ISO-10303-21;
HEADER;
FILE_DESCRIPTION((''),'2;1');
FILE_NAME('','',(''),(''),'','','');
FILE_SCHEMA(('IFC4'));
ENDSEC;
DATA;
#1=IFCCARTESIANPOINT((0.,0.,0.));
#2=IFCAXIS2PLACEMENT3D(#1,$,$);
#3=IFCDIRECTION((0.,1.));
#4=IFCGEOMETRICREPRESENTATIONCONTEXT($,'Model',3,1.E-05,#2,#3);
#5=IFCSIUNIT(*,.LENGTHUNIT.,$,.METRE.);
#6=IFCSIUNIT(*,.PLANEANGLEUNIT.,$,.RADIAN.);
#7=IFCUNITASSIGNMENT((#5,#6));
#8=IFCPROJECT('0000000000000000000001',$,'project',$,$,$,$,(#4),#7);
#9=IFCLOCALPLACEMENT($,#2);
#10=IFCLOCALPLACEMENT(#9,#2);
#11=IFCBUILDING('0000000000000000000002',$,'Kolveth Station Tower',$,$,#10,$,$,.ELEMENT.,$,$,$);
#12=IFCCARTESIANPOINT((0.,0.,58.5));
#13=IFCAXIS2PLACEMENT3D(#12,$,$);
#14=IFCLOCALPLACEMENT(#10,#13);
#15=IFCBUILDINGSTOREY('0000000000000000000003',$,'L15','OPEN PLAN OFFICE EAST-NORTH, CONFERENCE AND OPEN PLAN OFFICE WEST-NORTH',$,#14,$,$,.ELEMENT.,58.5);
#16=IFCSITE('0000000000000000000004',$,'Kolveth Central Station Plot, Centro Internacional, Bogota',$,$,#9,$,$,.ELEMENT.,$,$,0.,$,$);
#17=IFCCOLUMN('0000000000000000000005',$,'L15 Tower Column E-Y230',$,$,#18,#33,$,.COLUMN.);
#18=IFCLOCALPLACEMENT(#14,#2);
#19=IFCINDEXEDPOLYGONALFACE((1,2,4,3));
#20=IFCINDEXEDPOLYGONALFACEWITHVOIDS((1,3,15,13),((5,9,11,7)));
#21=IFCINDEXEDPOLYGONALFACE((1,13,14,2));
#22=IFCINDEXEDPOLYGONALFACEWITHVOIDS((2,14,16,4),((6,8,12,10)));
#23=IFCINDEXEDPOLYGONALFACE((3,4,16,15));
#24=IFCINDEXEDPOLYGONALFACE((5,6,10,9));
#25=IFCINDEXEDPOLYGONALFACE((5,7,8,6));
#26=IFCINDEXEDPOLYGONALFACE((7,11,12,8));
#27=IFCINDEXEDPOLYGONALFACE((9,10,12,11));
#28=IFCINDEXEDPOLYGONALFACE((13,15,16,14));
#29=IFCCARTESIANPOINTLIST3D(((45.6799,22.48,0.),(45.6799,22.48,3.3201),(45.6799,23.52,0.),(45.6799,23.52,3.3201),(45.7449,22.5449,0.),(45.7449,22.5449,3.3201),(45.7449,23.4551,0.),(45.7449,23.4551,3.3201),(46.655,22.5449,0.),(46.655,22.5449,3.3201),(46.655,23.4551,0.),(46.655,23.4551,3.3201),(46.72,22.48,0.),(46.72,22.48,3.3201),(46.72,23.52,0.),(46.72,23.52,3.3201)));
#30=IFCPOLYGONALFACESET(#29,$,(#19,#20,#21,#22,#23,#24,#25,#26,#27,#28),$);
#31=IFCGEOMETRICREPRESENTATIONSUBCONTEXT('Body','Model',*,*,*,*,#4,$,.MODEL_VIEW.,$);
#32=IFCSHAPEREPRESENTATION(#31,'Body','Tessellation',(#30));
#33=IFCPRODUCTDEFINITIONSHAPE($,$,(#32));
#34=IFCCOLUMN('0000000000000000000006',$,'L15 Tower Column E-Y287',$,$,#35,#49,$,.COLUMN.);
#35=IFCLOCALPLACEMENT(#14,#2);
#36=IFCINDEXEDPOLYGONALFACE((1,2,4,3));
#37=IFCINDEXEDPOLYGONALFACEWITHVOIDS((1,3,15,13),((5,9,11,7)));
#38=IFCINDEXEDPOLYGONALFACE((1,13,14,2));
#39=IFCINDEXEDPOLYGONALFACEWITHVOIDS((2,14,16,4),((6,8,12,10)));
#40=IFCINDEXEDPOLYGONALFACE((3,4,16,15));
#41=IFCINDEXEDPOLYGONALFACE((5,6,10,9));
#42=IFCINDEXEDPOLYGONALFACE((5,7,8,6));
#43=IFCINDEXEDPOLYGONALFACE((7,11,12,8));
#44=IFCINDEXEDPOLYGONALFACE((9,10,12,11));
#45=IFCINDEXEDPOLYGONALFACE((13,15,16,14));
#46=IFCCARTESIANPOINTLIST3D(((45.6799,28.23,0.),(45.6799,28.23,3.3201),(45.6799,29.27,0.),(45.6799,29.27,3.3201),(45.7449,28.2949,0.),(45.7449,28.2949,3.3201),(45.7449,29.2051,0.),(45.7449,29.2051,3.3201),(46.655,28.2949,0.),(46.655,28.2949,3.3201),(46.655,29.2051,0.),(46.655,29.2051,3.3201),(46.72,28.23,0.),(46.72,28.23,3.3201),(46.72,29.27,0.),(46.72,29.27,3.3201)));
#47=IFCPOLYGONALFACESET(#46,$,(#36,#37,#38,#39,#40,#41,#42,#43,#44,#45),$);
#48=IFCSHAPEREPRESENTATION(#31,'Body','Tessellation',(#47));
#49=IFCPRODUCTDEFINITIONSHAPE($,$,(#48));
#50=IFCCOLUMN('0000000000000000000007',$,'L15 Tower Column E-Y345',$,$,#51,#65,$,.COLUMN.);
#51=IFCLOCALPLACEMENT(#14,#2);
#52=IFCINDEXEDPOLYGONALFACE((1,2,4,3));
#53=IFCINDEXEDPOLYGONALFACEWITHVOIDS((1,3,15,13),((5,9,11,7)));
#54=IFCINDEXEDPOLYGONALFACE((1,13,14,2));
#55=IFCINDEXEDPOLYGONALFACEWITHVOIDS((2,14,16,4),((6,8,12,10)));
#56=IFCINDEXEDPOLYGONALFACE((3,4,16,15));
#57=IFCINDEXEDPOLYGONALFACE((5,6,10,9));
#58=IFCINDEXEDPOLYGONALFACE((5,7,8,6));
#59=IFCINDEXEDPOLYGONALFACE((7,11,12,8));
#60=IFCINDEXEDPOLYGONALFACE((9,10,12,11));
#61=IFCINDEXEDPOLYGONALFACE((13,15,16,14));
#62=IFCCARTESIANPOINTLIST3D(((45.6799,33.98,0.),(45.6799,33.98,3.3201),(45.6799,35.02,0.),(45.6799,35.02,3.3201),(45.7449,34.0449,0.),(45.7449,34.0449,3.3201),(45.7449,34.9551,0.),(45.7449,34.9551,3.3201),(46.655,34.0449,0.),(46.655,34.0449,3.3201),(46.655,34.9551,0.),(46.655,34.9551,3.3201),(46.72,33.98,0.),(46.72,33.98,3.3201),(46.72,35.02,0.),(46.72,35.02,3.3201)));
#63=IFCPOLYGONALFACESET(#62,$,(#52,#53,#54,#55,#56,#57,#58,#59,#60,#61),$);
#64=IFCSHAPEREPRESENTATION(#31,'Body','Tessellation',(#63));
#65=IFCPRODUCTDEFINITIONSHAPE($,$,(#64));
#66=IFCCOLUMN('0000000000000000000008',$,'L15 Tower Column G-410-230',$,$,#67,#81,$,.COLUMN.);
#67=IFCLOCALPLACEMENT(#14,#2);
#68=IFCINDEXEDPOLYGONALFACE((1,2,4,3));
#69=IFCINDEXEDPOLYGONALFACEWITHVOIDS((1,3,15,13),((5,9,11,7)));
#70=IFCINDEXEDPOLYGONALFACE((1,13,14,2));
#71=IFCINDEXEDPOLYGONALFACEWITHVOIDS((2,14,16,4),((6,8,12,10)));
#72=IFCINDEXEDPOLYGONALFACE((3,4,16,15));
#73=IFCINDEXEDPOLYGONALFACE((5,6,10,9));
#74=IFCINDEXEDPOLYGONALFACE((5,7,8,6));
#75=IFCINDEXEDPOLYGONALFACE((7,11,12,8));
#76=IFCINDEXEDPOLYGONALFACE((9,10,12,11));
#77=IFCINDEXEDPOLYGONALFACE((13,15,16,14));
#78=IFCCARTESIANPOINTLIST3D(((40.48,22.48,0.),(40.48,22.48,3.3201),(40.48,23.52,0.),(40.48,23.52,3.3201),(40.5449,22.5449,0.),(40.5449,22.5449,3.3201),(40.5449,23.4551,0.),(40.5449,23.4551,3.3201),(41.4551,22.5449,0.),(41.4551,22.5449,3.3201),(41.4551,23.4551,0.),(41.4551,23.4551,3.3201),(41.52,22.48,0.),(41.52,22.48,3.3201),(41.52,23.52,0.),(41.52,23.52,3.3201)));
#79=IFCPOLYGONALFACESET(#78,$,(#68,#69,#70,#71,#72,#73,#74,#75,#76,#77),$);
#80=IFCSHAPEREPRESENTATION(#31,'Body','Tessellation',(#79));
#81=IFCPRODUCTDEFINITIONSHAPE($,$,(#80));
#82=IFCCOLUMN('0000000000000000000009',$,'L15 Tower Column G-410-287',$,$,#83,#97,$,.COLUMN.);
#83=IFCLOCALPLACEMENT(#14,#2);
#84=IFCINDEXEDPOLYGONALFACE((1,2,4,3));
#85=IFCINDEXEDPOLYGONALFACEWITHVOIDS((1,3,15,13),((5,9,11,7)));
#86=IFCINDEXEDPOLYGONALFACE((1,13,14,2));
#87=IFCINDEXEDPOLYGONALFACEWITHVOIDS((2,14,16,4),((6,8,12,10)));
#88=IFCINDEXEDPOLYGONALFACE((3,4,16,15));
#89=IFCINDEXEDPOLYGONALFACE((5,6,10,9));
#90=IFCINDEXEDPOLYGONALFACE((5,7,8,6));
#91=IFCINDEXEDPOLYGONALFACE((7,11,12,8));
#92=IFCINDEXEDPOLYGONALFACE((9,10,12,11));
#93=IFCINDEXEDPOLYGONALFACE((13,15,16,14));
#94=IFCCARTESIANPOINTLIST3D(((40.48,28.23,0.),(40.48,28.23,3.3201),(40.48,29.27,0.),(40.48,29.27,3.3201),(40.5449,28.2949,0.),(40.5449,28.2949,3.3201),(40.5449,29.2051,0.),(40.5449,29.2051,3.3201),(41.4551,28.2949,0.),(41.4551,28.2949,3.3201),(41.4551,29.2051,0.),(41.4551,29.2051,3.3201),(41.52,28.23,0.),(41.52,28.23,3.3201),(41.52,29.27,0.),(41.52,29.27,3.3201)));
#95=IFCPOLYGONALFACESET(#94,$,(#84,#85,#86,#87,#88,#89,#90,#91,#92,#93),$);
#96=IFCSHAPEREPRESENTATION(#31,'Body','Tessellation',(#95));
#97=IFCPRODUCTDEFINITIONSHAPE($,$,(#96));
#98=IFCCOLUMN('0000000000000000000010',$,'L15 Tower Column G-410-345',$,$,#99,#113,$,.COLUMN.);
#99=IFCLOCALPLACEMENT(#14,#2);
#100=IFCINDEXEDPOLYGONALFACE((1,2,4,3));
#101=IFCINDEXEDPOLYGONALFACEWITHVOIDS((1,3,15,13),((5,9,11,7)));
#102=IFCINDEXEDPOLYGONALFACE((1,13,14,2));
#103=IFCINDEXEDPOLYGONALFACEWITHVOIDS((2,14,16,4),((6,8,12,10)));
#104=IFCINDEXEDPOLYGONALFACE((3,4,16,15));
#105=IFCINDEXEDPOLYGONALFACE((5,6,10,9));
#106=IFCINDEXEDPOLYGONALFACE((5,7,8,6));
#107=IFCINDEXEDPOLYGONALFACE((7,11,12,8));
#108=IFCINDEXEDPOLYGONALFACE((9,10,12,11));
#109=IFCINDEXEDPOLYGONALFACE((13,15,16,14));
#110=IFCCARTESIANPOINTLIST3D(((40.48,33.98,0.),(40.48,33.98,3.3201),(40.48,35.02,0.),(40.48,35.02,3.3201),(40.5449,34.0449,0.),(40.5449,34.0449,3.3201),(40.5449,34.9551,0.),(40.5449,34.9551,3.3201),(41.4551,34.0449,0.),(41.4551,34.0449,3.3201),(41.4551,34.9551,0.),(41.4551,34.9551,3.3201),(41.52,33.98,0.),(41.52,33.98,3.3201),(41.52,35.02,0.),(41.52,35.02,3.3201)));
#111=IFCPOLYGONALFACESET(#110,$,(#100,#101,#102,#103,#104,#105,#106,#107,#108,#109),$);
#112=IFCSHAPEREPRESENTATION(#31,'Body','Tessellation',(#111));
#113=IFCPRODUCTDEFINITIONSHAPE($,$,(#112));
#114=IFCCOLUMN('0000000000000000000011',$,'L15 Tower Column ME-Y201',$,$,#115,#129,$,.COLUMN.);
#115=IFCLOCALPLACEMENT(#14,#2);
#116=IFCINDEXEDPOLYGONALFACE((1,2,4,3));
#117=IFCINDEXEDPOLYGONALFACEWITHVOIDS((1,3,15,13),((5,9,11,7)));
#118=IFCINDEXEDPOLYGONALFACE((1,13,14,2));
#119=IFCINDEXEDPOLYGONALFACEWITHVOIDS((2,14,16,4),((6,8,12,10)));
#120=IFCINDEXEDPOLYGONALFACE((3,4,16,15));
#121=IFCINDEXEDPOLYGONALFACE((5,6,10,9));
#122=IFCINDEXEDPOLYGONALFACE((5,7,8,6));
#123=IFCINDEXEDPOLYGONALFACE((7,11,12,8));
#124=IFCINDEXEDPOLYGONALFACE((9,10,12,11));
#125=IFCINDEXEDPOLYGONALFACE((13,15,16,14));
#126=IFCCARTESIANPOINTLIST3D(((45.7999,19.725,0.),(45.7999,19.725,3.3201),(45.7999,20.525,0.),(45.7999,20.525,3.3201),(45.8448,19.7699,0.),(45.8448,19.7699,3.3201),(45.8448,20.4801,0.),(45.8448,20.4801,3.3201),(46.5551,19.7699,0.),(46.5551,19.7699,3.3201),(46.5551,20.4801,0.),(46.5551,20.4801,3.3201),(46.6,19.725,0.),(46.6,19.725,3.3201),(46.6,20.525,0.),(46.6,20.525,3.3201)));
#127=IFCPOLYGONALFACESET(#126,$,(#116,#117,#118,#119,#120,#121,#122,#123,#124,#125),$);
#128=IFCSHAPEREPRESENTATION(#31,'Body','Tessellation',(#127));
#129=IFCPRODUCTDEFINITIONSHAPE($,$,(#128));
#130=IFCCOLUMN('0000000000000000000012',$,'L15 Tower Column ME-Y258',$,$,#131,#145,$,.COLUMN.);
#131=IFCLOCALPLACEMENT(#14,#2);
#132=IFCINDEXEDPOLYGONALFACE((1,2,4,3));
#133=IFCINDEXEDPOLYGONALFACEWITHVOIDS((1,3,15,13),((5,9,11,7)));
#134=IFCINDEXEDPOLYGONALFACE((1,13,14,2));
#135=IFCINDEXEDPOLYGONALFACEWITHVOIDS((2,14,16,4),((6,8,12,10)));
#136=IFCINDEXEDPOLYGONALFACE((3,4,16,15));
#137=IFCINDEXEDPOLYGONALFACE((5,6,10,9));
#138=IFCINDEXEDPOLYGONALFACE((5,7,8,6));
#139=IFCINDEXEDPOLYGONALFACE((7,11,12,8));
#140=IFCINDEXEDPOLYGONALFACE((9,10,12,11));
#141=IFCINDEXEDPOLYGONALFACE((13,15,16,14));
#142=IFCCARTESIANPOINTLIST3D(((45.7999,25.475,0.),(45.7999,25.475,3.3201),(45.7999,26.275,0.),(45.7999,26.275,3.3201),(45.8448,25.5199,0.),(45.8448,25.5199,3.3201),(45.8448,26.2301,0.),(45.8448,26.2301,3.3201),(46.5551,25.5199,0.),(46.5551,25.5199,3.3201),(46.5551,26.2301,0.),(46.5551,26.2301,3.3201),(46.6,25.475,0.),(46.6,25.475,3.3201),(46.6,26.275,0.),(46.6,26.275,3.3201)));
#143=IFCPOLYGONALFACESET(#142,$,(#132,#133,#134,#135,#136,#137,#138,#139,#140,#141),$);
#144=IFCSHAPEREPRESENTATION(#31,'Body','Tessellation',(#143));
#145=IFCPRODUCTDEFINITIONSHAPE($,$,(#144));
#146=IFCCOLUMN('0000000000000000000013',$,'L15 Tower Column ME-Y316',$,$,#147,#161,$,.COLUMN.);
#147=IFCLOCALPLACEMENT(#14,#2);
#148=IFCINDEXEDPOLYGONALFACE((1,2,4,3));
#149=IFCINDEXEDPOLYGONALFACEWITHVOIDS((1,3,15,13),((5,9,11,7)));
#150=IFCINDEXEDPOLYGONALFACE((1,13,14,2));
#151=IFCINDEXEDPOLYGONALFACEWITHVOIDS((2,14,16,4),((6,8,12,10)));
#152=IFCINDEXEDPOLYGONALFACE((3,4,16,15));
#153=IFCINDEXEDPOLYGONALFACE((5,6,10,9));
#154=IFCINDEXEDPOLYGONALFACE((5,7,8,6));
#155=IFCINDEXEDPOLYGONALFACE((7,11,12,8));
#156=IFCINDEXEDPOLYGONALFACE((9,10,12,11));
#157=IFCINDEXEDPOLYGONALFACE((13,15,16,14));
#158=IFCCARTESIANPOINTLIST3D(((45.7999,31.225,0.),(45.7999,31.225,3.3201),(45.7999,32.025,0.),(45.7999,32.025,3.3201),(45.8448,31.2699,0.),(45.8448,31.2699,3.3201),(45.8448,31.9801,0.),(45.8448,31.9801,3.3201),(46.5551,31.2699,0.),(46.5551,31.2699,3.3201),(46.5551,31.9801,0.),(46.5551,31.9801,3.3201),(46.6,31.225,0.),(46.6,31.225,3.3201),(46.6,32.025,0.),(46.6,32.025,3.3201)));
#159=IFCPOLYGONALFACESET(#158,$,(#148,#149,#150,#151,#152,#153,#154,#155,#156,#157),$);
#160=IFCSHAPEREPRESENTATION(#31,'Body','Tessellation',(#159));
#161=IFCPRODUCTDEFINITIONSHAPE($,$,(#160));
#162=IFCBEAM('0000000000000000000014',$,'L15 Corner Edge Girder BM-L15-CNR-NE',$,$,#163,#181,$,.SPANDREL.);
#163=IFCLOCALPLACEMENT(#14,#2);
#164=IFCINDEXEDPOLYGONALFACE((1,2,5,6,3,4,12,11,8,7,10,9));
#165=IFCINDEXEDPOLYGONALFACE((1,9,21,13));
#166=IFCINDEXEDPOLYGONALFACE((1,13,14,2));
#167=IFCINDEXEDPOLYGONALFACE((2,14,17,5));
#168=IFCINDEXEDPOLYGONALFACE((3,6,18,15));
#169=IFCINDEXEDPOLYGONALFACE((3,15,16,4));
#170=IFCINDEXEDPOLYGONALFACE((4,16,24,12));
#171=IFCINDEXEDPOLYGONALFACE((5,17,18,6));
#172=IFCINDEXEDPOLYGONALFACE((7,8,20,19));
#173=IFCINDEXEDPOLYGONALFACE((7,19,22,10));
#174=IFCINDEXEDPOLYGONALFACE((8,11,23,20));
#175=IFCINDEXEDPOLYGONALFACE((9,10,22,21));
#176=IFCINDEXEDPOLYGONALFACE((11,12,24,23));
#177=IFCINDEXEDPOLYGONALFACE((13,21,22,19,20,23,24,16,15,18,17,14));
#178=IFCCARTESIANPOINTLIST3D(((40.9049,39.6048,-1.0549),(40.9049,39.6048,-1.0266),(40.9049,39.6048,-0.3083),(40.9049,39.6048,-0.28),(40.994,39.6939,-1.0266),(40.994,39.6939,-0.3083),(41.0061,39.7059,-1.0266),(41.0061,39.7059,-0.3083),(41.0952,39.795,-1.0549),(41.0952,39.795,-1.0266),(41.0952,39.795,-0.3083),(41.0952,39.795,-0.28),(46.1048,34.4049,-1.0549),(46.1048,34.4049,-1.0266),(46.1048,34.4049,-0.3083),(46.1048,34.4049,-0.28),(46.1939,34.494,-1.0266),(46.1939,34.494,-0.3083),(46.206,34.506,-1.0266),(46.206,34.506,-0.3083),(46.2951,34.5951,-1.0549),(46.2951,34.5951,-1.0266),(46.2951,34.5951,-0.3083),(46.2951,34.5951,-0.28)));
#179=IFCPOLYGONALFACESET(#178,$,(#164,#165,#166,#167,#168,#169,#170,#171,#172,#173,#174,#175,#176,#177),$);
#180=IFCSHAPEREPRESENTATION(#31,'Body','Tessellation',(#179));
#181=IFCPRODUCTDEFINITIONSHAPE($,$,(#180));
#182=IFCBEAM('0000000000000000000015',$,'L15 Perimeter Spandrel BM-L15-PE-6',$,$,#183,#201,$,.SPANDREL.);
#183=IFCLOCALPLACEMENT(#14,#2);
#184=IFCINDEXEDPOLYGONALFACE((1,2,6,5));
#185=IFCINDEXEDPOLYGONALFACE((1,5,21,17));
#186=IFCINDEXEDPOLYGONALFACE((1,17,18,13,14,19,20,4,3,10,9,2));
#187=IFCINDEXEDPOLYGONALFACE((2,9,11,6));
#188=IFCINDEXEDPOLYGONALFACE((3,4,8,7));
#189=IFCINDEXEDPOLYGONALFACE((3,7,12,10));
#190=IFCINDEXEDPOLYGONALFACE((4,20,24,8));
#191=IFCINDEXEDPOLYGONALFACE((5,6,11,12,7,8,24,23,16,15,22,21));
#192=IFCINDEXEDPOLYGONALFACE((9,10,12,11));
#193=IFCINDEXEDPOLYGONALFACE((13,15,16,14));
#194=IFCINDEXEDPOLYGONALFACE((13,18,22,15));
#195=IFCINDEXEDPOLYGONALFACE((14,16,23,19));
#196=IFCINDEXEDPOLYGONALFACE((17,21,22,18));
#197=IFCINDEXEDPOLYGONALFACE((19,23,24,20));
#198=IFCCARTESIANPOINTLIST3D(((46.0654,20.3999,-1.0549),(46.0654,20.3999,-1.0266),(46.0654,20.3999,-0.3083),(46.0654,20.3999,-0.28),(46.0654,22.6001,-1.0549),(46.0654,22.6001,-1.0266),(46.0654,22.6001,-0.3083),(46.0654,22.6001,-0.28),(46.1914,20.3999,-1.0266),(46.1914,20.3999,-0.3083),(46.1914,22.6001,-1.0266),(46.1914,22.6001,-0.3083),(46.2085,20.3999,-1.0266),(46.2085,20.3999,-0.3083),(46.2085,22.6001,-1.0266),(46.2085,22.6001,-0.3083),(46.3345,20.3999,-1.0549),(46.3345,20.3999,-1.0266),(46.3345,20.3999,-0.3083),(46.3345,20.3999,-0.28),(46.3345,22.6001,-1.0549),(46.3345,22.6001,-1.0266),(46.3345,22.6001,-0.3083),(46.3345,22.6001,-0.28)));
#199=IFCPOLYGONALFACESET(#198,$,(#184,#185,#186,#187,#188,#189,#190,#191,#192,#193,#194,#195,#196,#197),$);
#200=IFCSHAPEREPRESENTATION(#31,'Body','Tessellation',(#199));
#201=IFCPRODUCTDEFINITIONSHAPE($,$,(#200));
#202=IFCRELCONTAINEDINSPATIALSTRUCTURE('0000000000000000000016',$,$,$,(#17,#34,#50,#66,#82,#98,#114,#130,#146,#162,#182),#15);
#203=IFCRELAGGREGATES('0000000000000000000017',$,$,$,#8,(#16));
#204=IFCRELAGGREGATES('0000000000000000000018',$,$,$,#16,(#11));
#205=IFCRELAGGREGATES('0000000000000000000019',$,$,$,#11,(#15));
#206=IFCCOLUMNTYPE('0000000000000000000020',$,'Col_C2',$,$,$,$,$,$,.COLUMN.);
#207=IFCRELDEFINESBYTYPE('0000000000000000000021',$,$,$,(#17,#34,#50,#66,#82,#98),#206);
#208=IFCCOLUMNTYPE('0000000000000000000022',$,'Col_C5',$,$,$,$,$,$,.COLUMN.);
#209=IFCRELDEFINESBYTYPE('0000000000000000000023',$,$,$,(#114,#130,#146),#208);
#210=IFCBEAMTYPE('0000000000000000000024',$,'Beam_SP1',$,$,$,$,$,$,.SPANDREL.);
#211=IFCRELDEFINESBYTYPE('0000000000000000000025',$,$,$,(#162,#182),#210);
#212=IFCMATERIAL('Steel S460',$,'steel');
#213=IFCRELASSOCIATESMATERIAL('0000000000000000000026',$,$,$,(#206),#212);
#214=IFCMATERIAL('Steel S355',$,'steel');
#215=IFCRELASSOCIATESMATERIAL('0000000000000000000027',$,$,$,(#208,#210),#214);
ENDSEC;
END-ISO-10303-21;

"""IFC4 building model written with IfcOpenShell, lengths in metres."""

from ifc_helpers import new_model, si_unit, direction, frame, origin, origin_2d, place, context, subcontext, project, spatial, hollow_rectangle, i_section, extrude, source, transform, mapped, material, material_profile, profile_set, type_object, element, save


model = new_model("IFC4")

# Units and contexts
model_context = context("Model", 3, precision=1e-05, world=origin(), true_north=direction((0.0, 1.0)))
body_context = subcontext(model_context, "Body", "Model", "MODEL_VIEW")
ifc_project = project(units=[si_unit("LENGTHUNIT", "METRE"), si_unit("PLANEANGLEUNIT", "RADIAN")], contexts=[model_context])

# Site, building, storey
site_placement = place(None, origin())
site = spatial("IfcSite", under=ifc_project, at=site_placement, Name="Kolveth Central Station Plot, Centro Internacional, Bogota", CompositionType="ELEMENT", RefElevation=0.0)
building_placement = place(site_placement, origin())
building = spatial("IfcBuilding", under=site, at=building_placement, Name="Kolveth Station Tower", CompositionType="ELEMENT")
storey_placement = place(building_placement, frame((0.0, 0.0, 58.5)))
storey = spatial("IfcBuildingStorey", under=building, at=storey_placement, Name="L15", Description="OPEN PLAN OFFICE EAST-NORTH, CONFERENCE AND OPEN PLAN OFFICE WEST-NORTH", CompositionType="ELEMENT", Elevation=58.5)

# Columns
ifc_material_1 = material(Name="Steel S460", Category="steel")
ifc_material_profile_1 = material_profile(ifc_material_1, hollow_rectangle(XDim=1.04, YDim=1.04, WallThickness=0.0649, at=origin_2d()), Name="BOX1040x1040x65")
ifc_profile_set_1 = profile_set([ifc_material_profile_1], Name="Steel S460")
column_type_1 = type_object("IfcColumnType", Name="Col_C2", PredefinedType="COLUMN", material=ifc_profile_set_1)
shared_shape_1 = source(origin(), body_context, "Body", "SweptSolid", [
    extrude(hollow_rectangle(XDim=1.04, YDim=1.04, WallThickness=0.0649, at=origin_2d()), origin(), (0.0, 0.0, 1.0), 3.3201),
])
for number, where, z_axis, x_axis, name in (
    (1, (46.2, 23.0, 0.0), (0.0, 0.0, 1.0), (1.0, 0.0, 0.0), "L15 Tower Column E-Y230"),
    (2, (46.2, 28.75, 0.0), (0.0, 0.0, 1.0), (1.0, 0.0, 0.0), "L15 Tower Column E-Y287"),
    (3, (46.2, 34.5, 0.0), (0.0, 0.0, 1.0), (1.0, 0.0, 0.0), "L15 Tower Column E-Y345"),
    (4, (41.0, 23.0, 0.0), (0.0, 0.0, 1.0), (1.0, 0.0, 0.0), "L15 Tower Column G-410-230"),
    (5, (41.0, 28.75, 0.0), (0.0, 0.0, 1.0), (1.0, 0.0, 0.0), "L15 Tower Column G-410-287"),
    (6, (41.0, 34.5, 0.0), (0.0, 0.0, 1.0), (1.0, 0.0, 0.0), "L15 Tower Column G-410-345"),
):
    element("IfcColumn", number, at=place(storey_placement, frame(where, z_axis=z_axis, x_axis=x_axis)), inside=storey, type_object=column_type_1, Name=name, PredefinedType="COLUMN", context=body_context, shape_type="MappedRepresentation", body=[
        mapped(shared_shape_1, transform((0.0, 0.0, 0.0), x_axis=(1.0, 0.0, 0.0), y_axis=(0.0, 1.0, 0.0), z_axis=(0.0, 0.0, 1.0), scale=1.0)),
    ])
ifc_material_2 = material(Name="Steel S355", Category="steel")
ifc_material_profile_2 = material_profile(ifc_material_2, hollow_rectangle(XDim=0.8, YDim=0.8, WallThickness=0.0449, at=origin_2d()), Name="BOX800x800x45")
ifc_profile_set_2 = profile_set([ifc_material_profile_2], Name="Steel S355")
column_type_2 = type_object("IfcColumnType", Name="Col_C5", PredefinedType="COLUMN", material=ifc_profile_set_2)
shared_shape_2 = source(origin(), body_context, "Body", "SweptSolid", [
    extrude(hollow_rectangle(XDim=0.8, YDim=0.8, WallThickness=0.0449, at=origin_2d()), origin(), (0.0, 0.0, 1.0), 3.3201),
])
for number, where, z_axis, x_axis, name in (
    (7, (46.2, 20.125, 0.0), (0.0, 0.0, 1.0), (1.0, 0.0, 0.0), "L15 Tower Column ME-Y201"),
    (8, (46.2, 25.875, 0.0), (0.0, 0.0, 1.0), (1.0, 0.0, 0.0), "L15 Tower Column ME-Y258"),
    (9, (46.2, 31.625, 0.0), (0.0, 0.0, 1.0), (1.0, 0.0, 0.0), "L15 Tower Column ME-Y316"),
):
    element("IfcColumn", number, at=place(storey_placement, frame(where, z_axis=z_axis, x_axis=x_axis)), inside=storey, type_object=column_type_2, Name=name, PredefinedType="COLUMN", context=body_context, shape_type="MappedRepresentation", body=[
        mapped(shared_shape_2, transform((0.0, 0.0, 0.0), x_axis=(1.0, 0.0, 0.0), y_axis=(0.0, 1.0, 0.0), z_axis=(0.0, 0.0, 1.0), scale=1.0)),
    ])

# Beams
ifc_material_profile_3 = material_profile(ifc_material_2, i_section(OverallWidth=0.269, OverallDepth=0.7749, WebThickness=0.0171, FlangeThickness=0.0283, at=origin_2d()), Name="W760x220")
ifc_profile_set_3 = profile_set([ifc_material_profile_3], Name="Steel S355")
beam_type_1 = type_object("IfcBeamType", Name="Beam_SP1", PredefinedType="SPANDREL", material=ifc_profile_set_3)
shared_shape_3 = source(origin(), body_context, "Body", "SweptSolid", [
    extrude(i_section(OverallWidth=0.269, OverallDepth=0.7749, WebThickness=0.0171, FlangeThickness=0.0283, at=origin_2d()), origin(), (0.0, 0.0, 1.0), 7.3538),
])
beam_placement = place(storey_placement, frame((46.2, 34.5, -0.6675), z_axis=(-0.707107, 0.707107, 0.0), x_axis=(-0.707107, -0.707107, 0.0)))
element("IfcBeam", 10, at=beam_placement, inside=storey, type_object=beam_type_1, Name="L15 Corner Edge Girder BM-L15-CNR-NE", PredefinedType="SPANDREL", context=body_context, shape_type="MappedRepresentation", body=[
    mapped(shared_shape_3, transform((0.0, 0.0, 0.0), x_axis=(1.0, 0.0, 0.0), y_axis=(0.0, 1.0, 0.0), z_axis=(0.0, 0.0, 1.0), scale=1.0)),
])
shared_shape_4 = source(origin(), body_context, "Body", "SweptSolid", [
    extrude(i_section(OverallWidth=0.269, OverallDepth=0.7749, WebThickness=0.0171, FlangeThickness=0.0283, at=origin_2d()), origin(), (0.0, 0.0, 1.0), 2.2002),
])
for number, where, z_axis, x_axis, name in (
    (11, (46.2, 20.3999, -0.6675), (0.0, 1.0, 0.0), (-1.0, 0.0, 0.0), "L15 Perimeter Spandrel BM-L15-PE-6"),
):
    element("IfcBeam", number, at=place(storey_placement, frame(where, z_axis=z_axis, x_axis=x_axis)), inside=storey, type_object=beam_type_1, Name=name, PredefinedType="SPANDREL", context=body_context, shape_type="MappedRepresentation", body=[
        mapped(shared_shape_4, transform((0.0, 0.0, 0.0), x_axis=(1.0, 0.0, 0.0), y_axis=(0.0, 1.0, 0.0), z_axis=(0.0, 0.0, 1.0), scale=1.0)),
    ])

save(model, "model.ifc")
